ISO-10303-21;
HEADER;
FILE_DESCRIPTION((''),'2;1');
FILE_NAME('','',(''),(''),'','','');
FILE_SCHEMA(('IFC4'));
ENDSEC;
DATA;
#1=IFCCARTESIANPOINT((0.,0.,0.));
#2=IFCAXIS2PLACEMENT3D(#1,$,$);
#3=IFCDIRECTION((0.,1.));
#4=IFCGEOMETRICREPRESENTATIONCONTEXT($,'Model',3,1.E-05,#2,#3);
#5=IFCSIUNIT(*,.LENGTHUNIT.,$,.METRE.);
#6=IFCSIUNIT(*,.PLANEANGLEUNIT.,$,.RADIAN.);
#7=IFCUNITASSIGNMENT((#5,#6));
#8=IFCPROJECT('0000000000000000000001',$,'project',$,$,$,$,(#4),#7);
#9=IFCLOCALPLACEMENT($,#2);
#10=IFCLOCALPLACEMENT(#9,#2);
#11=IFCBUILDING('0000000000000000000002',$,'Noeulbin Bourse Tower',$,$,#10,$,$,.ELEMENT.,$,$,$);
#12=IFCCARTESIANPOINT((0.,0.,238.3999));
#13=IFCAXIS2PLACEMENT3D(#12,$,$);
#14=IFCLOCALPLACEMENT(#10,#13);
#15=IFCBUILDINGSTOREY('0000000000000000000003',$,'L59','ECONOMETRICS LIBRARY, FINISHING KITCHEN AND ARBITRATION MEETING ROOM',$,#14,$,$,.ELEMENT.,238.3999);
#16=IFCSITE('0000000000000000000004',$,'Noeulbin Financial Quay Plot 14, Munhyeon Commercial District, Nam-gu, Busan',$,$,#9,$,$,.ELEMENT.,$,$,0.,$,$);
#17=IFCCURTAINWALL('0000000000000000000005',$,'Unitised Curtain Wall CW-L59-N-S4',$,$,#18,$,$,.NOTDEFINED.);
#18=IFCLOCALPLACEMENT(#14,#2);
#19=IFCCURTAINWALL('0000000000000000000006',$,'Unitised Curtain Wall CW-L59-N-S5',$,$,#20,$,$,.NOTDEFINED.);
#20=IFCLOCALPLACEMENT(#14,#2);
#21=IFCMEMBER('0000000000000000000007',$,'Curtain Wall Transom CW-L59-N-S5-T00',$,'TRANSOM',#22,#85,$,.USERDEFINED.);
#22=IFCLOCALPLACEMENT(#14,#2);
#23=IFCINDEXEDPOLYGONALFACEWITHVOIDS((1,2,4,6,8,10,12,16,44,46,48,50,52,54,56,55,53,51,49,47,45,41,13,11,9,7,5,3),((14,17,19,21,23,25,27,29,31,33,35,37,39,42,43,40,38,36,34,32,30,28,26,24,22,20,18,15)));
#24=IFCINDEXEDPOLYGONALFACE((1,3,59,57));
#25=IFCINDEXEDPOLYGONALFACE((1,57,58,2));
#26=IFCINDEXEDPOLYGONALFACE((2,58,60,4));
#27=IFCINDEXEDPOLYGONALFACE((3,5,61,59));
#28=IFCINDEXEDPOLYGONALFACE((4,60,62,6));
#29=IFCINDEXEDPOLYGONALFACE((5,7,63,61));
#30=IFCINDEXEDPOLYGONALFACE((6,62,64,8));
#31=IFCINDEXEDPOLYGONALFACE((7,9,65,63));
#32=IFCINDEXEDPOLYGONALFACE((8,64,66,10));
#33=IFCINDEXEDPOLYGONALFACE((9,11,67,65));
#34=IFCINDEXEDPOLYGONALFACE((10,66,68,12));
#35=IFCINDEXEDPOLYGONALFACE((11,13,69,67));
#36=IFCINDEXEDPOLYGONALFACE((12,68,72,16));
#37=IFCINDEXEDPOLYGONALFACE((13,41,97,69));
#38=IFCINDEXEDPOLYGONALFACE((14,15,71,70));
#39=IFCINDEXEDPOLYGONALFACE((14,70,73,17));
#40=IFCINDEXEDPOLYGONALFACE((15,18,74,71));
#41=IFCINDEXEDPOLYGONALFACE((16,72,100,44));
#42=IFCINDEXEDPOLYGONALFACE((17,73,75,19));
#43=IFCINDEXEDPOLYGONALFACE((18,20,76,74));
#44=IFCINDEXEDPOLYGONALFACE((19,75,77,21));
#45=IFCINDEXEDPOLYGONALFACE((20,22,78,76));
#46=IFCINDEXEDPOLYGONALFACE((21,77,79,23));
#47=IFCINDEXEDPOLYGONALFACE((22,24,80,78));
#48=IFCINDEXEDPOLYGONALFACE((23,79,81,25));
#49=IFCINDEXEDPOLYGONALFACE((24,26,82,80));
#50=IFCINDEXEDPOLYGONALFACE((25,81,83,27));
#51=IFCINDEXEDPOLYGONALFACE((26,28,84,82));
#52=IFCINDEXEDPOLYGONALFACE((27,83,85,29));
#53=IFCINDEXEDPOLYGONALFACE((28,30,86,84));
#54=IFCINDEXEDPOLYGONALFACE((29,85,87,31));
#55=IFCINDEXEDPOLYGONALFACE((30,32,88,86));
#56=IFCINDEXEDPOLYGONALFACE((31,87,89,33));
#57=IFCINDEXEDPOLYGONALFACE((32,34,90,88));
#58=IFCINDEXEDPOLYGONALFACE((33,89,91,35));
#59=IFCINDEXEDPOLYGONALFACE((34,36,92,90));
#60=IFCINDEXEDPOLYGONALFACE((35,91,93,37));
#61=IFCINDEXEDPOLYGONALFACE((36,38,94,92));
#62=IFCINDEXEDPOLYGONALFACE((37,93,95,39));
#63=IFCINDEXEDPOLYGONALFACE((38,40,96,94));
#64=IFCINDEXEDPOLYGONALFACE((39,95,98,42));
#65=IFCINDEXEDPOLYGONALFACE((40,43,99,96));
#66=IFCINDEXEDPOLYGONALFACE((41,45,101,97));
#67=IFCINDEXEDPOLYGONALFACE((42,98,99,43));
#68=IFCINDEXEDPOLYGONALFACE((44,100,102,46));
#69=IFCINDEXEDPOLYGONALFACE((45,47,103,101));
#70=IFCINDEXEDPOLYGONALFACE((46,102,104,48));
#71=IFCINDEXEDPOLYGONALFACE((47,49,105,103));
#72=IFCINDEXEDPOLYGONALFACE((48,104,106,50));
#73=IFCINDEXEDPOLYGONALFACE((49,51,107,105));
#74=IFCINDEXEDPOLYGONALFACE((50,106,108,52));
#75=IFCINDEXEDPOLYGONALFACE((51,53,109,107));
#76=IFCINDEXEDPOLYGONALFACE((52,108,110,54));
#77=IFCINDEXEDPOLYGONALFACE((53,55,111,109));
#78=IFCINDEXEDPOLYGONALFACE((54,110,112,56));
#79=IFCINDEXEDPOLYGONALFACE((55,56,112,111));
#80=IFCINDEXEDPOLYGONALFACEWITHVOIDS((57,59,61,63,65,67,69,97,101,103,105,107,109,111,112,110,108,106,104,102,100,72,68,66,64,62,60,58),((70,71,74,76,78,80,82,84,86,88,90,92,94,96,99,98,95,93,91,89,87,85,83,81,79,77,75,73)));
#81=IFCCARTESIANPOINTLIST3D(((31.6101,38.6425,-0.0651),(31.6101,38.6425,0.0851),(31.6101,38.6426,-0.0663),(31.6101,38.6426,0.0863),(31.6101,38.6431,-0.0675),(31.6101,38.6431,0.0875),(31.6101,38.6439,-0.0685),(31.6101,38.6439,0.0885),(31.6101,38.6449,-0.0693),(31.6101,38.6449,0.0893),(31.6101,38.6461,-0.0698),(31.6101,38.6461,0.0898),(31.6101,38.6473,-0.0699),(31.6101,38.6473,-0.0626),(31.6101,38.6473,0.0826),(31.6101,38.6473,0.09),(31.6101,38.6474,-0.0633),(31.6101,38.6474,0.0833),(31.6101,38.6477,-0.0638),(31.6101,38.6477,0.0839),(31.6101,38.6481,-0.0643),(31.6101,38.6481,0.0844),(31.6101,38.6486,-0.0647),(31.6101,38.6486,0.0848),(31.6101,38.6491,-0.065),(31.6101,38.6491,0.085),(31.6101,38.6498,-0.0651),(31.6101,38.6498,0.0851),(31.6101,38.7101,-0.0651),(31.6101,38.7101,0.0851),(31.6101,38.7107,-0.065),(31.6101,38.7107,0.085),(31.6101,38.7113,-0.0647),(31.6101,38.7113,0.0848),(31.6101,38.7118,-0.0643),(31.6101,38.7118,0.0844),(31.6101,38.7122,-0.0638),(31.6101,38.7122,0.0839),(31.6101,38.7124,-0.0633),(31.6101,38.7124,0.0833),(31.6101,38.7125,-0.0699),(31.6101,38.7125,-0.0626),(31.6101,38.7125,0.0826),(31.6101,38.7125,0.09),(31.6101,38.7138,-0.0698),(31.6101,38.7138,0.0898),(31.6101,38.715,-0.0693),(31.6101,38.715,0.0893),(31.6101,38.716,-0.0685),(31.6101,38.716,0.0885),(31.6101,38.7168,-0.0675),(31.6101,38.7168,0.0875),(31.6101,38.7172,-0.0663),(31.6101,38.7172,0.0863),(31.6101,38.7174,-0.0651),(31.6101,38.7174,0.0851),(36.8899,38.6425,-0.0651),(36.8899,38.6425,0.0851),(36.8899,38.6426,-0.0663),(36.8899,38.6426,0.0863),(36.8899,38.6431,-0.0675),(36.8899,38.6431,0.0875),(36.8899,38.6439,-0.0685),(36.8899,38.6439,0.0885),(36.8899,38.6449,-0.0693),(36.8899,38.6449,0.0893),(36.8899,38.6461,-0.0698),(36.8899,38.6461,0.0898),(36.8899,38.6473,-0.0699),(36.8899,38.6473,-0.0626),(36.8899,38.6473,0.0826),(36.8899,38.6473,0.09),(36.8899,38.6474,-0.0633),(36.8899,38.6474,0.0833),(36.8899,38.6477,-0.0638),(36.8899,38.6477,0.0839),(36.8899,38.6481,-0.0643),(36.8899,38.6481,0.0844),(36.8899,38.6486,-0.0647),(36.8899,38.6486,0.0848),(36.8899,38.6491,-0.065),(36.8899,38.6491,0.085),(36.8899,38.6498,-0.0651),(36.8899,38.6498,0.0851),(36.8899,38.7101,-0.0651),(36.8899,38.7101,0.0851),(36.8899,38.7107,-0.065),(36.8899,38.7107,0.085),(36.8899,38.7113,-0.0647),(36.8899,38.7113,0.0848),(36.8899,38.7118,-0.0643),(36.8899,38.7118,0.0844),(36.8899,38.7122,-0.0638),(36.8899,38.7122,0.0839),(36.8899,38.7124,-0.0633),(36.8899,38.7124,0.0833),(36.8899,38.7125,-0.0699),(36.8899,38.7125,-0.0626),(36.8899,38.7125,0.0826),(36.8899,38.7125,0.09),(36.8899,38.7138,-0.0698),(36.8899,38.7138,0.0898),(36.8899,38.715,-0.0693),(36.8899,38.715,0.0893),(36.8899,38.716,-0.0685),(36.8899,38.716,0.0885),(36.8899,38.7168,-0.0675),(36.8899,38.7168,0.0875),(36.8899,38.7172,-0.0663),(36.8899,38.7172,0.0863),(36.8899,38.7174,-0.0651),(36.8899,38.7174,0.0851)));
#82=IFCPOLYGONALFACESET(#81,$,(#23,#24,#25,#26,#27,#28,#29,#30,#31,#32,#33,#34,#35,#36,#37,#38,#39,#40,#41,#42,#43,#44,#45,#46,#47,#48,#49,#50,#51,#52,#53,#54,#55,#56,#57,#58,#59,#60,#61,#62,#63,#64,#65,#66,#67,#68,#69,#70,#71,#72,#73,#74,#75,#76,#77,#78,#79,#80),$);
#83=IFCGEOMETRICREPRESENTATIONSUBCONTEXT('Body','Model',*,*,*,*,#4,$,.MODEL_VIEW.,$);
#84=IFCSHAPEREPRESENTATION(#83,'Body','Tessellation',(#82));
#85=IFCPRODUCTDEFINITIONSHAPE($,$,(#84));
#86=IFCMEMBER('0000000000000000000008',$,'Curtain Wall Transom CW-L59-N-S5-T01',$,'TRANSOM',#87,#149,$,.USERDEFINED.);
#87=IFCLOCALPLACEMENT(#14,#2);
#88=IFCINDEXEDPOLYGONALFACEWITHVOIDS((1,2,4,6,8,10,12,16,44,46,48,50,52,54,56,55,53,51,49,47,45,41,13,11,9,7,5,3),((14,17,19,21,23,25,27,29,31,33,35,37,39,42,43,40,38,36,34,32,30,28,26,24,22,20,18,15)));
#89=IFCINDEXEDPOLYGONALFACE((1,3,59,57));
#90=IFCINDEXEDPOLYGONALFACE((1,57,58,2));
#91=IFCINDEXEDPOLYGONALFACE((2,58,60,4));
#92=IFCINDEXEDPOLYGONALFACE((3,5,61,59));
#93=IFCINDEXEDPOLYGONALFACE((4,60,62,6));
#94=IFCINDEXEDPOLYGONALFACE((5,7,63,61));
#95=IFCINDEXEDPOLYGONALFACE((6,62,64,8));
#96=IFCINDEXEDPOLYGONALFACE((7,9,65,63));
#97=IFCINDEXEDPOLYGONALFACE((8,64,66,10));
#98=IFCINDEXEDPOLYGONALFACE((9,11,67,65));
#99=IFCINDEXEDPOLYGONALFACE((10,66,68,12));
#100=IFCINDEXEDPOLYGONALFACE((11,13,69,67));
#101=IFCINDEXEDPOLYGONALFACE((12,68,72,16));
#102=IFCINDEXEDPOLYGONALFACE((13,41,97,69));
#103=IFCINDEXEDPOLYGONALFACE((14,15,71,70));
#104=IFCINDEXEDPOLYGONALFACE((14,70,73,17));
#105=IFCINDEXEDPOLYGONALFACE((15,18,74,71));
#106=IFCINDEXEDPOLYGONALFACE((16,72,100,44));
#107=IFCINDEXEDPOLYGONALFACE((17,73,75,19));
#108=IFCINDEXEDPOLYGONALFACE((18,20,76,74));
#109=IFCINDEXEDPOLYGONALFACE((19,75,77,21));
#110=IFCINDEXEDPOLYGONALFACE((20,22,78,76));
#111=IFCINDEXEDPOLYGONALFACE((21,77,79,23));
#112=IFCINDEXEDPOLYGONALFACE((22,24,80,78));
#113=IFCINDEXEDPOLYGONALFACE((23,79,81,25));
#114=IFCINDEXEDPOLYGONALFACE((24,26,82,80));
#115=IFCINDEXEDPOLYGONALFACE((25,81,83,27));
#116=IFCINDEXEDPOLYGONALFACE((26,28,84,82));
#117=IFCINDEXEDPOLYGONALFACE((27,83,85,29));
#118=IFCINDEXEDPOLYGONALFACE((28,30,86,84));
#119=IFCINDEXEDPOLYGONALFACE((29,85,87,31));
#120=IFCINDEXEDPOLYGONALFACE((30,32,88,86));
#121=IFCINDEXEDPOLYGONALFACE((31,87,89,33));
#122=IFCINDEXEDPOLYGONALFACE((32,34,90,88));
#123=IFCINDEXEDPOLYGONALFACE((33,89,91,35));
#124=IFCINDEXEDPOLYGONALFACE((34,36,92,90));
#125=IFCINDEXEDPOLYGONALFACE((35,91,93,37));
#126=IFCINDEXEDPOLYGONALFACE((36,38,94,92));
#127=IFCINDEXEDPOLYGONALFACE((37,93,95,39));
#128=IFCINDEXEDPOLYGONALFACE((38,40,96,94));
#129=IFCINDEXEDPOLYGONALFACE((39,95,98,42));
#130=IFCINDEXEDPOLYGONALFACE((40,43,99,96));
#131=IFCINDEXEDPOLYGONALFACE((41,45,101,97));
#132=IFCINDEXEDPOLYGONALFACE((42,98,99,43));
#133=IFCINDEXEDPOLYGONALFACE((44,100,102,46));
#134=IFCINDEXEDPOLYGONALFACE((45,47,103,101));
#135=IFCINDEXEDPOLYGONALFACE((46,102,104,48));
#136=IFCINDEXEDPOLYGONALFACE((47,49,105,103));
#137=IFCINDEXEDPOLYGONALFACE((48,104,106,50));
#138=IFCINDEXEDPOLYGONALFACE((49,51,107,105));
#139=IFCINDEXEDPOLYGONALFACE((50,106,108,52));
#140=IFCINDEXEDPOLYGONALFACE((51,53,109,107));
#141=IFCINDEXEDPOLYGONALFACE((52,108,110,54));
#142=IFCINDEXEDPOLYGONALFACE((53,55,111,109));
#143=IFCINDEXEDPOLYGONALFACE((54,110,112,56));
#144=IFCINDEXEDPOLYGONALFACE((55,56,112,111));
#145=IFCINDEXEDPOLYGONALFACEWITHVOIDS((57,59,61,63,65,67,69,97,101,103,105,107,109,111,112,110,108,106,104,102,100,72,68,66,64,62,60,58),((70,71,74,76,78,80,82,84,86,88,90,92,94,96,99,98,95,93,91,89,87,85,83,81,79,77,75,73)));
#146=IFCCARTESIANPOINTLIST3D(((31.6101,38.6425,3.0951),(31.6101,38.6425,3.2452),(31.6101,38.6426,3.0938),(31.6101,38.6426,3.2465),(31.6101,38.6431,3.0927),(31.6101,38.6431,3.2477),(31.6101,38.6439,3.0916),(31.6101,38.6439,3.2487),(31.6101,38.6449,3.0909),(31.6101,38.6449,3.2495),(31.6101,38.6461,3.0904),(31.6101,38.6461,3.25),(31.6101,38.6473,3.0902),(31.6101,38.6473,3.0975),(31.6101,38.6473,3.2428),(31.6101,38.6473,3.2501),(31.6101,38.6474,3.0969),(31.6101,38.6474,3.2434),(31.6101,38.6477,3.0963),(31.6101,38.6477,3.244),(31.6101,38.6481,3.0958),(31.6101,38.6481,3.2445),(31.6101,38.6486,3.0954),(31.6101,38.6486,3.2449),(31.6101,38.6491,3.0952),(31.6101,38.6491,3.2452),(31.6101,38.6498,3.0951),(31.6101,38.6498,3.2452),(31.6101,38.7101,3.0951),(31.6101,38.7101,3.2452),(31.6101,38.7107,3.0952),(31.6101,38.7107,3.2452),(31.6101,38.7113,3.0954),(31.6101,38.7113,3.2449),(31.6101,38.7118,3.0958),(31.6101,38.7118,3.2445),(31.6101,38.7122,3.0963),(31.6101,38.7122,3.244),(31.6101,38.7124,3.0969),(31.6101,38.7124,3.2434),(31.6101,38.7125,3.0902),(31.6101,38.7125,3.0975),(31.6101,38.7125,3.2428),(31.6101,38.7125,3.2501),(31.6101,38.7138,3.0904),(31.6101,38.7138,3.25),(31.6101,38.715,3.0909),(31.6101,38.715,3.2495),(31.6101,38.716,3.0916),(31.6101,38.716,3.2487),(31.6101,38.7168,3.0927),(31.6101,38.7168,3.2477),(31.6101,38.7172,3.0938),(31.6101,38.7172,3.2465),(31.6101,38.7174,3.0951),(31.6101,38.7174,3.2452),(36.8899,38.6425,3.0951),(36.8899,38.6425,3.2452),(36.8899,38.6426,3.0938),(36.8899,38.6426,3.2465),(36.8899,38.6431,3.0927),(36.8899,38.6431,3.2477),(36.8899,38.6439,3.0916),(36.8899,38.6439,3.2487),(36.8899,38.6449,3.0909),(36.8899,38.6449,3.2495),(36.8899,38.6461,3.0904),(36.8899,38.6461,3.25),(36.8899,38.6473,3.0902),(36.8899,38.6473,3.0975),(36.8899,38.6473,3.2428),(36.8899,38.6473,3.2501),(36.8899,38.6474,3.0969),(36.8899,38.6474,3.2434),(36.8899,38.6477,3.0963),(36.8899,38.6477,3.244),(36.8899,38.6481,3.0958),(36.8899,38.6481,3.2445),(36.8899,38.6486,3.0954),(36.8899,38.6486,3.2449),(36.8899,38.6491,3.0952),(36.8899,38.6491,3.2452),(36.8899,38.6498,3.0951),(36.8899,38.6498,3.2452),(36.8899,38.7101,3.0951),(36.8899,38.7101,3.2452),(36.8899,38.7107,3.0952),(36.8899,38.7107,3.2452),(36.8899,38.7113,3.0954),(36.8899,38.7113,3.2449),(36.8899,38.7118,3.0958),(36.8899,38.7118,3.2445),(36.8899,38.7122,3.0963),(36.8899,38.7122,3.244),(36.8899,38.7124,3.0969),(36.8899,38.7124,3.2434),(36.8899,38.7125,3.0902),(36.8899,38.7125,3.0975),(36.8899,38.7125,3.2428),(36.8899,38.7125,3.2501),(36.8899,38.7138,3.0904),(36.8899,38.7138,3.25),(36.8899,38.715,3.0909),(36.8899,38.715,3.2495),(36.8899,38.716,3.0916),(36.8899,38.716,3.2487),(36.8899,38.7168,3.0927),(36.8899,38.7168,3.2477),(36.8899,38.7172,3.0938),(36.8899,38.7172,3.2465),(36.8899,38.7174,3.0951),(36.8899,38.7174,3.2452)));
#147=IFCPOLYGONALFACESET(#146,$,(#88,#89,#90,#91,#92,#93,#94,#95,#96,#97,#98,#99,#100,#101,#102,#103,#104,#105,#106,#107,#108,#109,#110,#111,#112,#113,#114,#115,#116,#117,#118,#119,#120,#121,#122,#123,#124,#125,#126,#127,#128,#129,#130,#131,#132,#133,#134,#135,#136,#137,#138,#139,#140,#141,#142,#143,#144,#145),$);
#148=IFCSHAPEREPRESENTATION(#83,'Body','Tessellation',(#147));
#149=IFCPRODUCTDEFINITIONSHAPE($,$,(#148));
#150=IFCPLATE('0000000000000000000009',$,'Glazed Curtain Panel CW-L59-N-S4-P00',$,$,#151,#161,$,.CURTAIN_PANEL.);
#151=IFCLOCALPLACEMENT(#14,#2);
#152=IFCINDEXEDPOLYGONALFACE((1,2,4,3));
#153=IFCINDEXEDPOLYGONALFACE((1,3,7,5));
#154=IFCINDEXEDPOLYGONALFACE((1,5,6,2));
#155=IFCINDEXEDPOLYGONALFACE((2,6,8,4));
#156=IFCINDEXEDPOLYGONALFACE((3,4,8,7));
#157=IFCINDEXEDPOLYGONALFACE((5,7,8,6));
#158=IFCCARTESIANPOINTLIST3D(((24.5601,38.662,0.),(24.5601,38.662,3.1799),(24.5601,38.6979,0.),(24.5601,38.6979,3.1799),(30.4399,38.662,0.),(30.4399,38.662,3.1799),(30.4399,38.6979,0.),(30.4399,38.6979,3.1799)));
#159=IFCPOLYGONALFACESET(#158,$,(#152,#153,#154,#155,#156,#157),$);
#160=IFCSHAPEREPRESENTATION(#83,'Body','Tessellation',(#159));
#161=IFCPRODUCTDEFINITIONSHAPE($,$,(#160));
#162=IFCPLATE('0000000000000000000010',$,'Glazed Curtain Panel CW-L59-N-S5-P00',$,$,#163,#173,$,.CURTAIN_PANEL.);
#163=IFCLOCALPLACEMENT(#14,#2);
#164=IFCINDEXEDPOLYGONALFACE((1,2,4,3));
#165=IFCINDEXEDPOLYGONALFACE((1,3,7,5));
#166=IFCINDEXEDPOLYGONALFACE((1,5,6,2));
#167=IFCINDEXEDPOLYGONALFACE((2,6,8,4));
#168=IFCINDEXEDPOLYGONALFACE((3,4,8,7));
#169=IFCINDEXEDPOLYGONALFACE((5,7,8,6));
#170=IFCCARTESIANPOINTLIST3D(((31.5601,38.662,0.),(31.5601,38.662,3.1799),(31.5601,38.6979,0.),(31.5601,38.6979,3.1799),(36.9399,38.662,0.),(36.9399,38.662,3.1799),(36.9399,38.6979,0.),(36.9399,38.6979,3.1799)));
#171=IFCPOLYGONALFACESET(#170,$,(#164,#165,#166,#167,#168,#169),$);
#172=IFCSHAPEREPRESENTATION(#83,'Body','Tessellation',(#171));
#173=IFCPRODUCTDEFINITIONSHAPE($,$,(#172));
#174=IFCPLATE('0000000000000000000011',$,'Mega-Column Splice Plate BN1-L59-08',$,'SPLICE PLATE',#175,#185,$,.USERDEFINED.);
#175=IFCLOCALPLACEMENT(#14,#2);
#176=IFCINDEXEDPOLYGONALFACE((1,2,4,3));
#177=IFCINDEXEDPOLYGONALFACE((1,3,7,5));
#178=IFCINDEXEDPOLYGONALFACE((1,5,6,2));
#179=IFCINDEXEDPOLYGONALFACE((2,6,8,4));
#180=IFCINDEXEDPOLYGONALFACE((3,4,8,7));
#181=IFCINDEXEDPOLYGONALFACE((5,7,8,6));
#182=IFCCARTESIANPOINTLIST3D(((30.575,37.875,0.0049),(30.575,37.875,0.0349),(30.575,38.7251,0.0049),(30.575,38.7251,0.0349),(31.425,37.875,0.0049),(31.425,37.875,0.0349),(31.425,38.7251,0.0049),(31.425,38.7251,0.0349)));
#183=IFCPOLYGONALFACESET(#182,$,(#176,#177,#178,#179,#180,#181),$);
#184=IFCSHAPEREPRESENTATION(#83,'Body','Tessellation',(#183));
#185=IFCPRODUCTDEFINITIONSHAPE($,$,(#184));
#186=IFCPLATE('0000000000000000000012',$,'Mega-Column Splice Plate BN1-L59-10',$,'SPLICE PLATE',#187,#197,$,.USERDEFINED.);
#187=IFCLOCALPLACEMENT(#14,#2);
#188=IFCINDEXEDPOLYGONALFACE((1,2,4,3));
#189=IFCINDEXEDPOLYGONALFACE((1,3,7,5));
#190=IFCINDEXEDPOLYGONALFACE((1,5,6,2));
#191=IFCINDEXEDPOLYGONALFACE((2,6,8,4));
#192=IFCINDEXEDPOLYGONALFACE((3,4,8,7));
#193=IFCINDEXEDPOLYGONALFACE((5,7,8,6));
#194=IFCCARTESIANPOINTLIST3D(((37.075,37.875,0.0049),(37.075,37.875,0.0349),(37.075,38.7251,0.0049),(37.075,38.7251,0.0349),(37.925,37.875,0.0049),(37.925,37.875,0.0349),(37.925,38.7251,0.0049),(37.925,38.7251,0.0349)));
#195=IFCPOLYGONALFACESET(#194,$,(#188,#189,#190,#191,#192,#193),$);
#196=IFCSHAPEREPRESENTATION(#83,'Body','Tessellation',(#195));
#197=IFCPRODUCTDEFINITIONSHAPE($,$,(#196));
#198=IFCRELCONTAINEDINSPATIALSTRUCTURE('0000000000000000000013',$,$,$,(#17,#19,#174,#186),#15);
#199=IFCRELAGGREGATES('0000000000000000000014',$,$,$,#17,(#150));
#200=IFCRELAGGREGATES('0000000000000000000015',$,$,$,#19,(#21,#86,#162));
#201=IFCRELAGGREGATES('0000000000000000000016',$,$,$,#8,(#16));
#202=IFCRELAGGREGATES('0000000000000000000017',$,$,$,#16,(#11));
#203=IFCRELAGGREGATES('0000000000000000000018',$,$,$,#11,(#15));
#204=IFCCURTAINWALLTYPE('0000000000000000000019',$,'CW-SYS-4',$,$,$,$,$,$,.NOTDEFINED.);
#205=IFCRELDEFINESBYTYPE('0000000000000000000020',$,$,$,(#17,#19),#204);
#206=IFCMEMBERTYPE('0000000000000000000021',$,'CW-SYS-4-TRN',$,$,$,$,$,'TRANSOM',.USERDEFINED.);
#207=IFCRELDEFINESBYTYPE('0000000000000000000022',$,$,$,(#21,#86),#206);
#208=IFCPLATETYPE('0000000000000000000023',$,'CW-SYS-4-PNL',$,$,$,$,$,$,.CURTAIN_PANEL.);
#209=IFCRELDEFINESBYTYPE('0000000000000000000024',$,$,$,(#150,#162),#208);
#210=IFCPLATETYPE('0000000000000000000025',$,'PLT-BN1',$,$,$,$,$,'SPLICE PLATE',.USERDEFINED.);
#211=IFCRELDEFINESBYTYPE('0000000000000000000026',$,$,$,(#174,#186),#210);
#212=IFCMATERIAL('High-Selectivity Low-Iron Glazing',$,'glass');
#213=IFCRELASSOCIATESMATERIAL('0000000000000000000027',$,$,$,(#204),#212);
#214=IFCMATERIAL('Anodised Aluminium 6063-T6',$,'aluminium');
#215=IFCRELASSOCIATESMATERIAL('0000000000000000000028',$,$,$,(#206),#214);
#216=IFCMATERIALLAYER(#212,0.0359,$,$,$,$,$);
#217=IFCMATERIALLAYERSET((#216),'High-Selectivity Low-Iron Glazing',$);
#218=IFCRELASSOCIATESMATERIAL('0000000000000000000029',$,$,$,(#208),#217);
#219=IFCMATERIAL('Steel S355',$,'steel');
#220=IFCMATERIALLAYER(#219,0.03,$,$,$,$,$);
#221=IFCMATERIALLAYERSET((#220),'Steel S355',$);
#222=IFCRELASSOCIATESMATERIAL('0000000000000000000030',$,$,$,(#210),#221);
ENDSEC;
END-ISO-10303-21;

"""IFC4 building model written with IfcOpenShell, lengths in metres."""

from ifc_helpers import new_model, si_unit, direction, frame, origin, origin_2d, place, context, subcontext, project, spatial, rectangle, hollow_rectangle, extrude, material, layer, layer_set, material_profile, profile_set, type_object, element, aggregate, save


model = new_model("IFC4")

# Units and contexts
model_context = context("Model", 3, precision=1e-05, world=origin(), true_north=direction((0.0, 1.0)))
body_context = subcontext(model_context, "Body", "Model", "MODEL_VIEW")
ifc_project = project(units=[si_unit("LENGTHUNIT", "METRE"), si_unit("PLANEANGLEUNIT", "RADIAN")], contexts=[model_context])

# Site, building, storey
site_placement = place(None, origin())
site = spatial("IfcSite", under=ifc_project, at=site_placement, Name="Noeulbin Financial Quay Plot 14, Munhyeon Commercial District, Nam-gu, Busan", CompositionType="ELEMENT", RefElevation=0.0)
building_placement = place(site_placement, origin())
building = spatial("IfcBuilding", under=site, at=building_placement, Name="Noeulbin Bourse Tower", CompositionType="ELEMENT")
storey_placement = place(building_placement, frame((0.0, 0.0, 238.3999)))
storey = spatial("IfcBuildingStorey", under=building, at=storey_placement, Name="L59", Description="ECONOMETRICS LIBRARY, FINISHING KITCHEN AND ARBITRATION MEETING ROOM", CompositionType="ELEMENT", Elevation=238.3999)

# Shared definitions
ifc_material_1 = material(Name="Steel S355", Category="steel")

# Curtain walls
ifc_material_2 = material(Name="High-Selectivity Low-Iron Glazing", Category="glass")
curtain_wall_type = type_object("IfcCurtainWallType", Name="CW-SYS-4", PredefinedType="NOTDEFINED", material=ifc_material_2)
curtain_wall_1_placement = place(storey_placement, origin())
curtain_wall_1 = element("IfcCurtainWall", 1, at=curtain_wall_1_placement, inside=storey, type_object=curtain_wall_type, Name="Unitised Curtain Wall CW-L59-N-S4", PredefinedType="NOTDEFINED")
ifc_material_3 = material(Name="Anodised Aluminium 6063-T6", Category="aluminium")
curtain_wall_2_placement = place(storey_placement, origin())
curtain_wall_2 = element("IfcCurtainWall", 2, at=curtain_wall_2_placement, inside=storey, type_object=curtain_wall_type, Name="Unitised Curtain Wall CW-L59-N-S5", PredefinedType="NOTDEFINED")

# Members
ifc_material_profile_1 = material_profile(ifc_material_3, hollow_rectangle(XDim=0.075, YDim=0.1599, WallThickness=0.0049, InnerFilletRadius=0.0024, OuterFilletRadius=0.0049, at=origin_2d()), Name="ALU-TRAN-75x160x5", Category="LoadBearing")
ifc_profile_set_1 = profile_set([ifc_material_profile_1], Name="Anodised Aluminium 6063-T6")
member_type_1 = type_object("IfcMemberType", Name="CW-SYS-4-TRN", ElementType="TRANSOM", PredefinedType="USERDEFINED", material=ifc_profile_set_1)
member_1_placement = place(storey_placement, frame((31.6101, 38.6799, 0.01), z_axis=(1.0, 0.0, 0.0), x_axis=(0.0, 1.0, 0.0)))
member_1 = element("IfcMember", 3, at=member_1_placement, type_object=member_type_1, Name="Curtain Wall Transom CW-L59-N-S5-T00", ObjectType="TRANSOM", PredefinedType="USERDEFINED", context=body_context, shape_type="SweptSolid", body=[
    extrude(hollow_rectangle(XDim=0.075, YDim=0.1599, WallThickness=0.0049, InnerFilletRadius=0.0024, OuterFilletRadius=0.0049, at=origin_2d()), origin(), (0.0, 0.0, 1.0), 5.2798),
])
member_2_placement = place(storey_placement, frame((31.6101, 38.6799, 3.1702), z_axis=(1.0, 0.0, 0.0), x_axis=(0.0, 1.0, 0.0)))
member_2 = element("IfcMember", 4, at=member_2_placement, type_object=member_type_1, Name="Curtain Wall Transom CW-L59-N-S5-T01", ObjectType="TRANSOM", PredefinedType="USERDEFINED", context=body_context, shape_type="SweptSolid", body=[
    extrude(hollow_rectangle(XDim=0.075, YDim=0.1599, WallThickness=0.0049, InnerFilletRadius=0.0024, OuterFilletRadius=0.0049, at=origin_2d()), origin(), (0.0, 0.0, 1.0), 5.2798),
])

# Plates
ifc_layer_1 = layer(ifc_material_2, 0.0359)
ifc_layer_set_1 = layer_set([ifc_layer_1], Name="High-Selectivity Low-Iron Glazing")
plate_type_1 = type_object("IfcPlateType", Name="CW-SYS-4-PNL", PredefinedType="CURTAIN_PANEL", material=ifc_layer_set_1)
plate_1_placement = place(storey_placement, frame((27.5, 38.6799, 0.0), z_axis=(0.0, 0.0, 1.0), x_axis=(1.0, 0.0, 0.0)))
plate_1 = element("IfcPlate", 5, at=plate_1_placement, type_object=plate_type_1, Name="Glazed Curtain Panel CW-L59-N-S4-P00", PredefinedType="CURTAIN_PANEL", context=body_context, shape_type="SweptSolid", body=[
    extrude(rectangle(XDim=5.8799, YDim=0.0359, at=origin_2d()), origin(), (0.0, 0.0, 1.0), 3.1799),
])
aggregate(curtain_wall_1, [plate_1])
plate_2_placement = place(storey_placement, frame((34.25, 38.6799, 0.0), z_axis=(0.0, 0.0, 1.0), x_axis=(1.0, 0.0, 0.0)))
plate_2 = element("IfcPlate", 6, at=plate_2_placement, type_object=plate_type_1, Name="Glazed Curtain Panel CW-L59-N-S5-P00", PredefinedType="CURTAIN_PANEL", context=body_context, shape_type="SweptSolid", body=[
    extrude(rectangle(XDim=5.3799, YDim=0.0359, at=origin_2d()), origin(), (0.0, 0.0, 1.0), 3.1799),
])
aggregate(curtain_wall_2, [member_1, member_2, plate_2])

# Plates
ifc_layer_2 = layer(ifc_material_1, 0.03)
ifc_layer_set_2 = layer_set([ifc_layer_2], Name="Steel S355")
plate_type_2 = type_object("IfcPlateType", Name="PLT-BN1", ElementType="SPLICE PLATE", PredefinedType="USERDEFINED", material=ifc_layer_set_2)
for number, where, z_axis, x_axis, name in (
    (7, (31.0, 38.3, 0.0049), (0.0, 0.0, 1.0), (1.0, 0.0, 0.0), "Mega-Column Splice Plate BN1-L59-08"),
    (8, (37.5, 38.3, 0.0049), (0.0, 0.0, 1.0), (1.0, 0.0, 0.0), "Mega-Column Splice Plate BN1-L59-10"),
):
    element("IfcPlate", number, at=place(storey_placement, frame(where, z_axis=z_axis, x_axis=x_axis)), inside=storey, type_object=plate_type_2, Name=name, ObjectType="SPLICE PLATE", PredefinedType="USERDEFINED", context=body_context, shape_type="SweptSolid", body=[
        extrude(rectangle(XDim=0.8501, YDim=0.8501, at=origin_2d()), origin(), (0.0, 0.0, 1.0), 0.03),
    ])

save(model, "model.ifc")
